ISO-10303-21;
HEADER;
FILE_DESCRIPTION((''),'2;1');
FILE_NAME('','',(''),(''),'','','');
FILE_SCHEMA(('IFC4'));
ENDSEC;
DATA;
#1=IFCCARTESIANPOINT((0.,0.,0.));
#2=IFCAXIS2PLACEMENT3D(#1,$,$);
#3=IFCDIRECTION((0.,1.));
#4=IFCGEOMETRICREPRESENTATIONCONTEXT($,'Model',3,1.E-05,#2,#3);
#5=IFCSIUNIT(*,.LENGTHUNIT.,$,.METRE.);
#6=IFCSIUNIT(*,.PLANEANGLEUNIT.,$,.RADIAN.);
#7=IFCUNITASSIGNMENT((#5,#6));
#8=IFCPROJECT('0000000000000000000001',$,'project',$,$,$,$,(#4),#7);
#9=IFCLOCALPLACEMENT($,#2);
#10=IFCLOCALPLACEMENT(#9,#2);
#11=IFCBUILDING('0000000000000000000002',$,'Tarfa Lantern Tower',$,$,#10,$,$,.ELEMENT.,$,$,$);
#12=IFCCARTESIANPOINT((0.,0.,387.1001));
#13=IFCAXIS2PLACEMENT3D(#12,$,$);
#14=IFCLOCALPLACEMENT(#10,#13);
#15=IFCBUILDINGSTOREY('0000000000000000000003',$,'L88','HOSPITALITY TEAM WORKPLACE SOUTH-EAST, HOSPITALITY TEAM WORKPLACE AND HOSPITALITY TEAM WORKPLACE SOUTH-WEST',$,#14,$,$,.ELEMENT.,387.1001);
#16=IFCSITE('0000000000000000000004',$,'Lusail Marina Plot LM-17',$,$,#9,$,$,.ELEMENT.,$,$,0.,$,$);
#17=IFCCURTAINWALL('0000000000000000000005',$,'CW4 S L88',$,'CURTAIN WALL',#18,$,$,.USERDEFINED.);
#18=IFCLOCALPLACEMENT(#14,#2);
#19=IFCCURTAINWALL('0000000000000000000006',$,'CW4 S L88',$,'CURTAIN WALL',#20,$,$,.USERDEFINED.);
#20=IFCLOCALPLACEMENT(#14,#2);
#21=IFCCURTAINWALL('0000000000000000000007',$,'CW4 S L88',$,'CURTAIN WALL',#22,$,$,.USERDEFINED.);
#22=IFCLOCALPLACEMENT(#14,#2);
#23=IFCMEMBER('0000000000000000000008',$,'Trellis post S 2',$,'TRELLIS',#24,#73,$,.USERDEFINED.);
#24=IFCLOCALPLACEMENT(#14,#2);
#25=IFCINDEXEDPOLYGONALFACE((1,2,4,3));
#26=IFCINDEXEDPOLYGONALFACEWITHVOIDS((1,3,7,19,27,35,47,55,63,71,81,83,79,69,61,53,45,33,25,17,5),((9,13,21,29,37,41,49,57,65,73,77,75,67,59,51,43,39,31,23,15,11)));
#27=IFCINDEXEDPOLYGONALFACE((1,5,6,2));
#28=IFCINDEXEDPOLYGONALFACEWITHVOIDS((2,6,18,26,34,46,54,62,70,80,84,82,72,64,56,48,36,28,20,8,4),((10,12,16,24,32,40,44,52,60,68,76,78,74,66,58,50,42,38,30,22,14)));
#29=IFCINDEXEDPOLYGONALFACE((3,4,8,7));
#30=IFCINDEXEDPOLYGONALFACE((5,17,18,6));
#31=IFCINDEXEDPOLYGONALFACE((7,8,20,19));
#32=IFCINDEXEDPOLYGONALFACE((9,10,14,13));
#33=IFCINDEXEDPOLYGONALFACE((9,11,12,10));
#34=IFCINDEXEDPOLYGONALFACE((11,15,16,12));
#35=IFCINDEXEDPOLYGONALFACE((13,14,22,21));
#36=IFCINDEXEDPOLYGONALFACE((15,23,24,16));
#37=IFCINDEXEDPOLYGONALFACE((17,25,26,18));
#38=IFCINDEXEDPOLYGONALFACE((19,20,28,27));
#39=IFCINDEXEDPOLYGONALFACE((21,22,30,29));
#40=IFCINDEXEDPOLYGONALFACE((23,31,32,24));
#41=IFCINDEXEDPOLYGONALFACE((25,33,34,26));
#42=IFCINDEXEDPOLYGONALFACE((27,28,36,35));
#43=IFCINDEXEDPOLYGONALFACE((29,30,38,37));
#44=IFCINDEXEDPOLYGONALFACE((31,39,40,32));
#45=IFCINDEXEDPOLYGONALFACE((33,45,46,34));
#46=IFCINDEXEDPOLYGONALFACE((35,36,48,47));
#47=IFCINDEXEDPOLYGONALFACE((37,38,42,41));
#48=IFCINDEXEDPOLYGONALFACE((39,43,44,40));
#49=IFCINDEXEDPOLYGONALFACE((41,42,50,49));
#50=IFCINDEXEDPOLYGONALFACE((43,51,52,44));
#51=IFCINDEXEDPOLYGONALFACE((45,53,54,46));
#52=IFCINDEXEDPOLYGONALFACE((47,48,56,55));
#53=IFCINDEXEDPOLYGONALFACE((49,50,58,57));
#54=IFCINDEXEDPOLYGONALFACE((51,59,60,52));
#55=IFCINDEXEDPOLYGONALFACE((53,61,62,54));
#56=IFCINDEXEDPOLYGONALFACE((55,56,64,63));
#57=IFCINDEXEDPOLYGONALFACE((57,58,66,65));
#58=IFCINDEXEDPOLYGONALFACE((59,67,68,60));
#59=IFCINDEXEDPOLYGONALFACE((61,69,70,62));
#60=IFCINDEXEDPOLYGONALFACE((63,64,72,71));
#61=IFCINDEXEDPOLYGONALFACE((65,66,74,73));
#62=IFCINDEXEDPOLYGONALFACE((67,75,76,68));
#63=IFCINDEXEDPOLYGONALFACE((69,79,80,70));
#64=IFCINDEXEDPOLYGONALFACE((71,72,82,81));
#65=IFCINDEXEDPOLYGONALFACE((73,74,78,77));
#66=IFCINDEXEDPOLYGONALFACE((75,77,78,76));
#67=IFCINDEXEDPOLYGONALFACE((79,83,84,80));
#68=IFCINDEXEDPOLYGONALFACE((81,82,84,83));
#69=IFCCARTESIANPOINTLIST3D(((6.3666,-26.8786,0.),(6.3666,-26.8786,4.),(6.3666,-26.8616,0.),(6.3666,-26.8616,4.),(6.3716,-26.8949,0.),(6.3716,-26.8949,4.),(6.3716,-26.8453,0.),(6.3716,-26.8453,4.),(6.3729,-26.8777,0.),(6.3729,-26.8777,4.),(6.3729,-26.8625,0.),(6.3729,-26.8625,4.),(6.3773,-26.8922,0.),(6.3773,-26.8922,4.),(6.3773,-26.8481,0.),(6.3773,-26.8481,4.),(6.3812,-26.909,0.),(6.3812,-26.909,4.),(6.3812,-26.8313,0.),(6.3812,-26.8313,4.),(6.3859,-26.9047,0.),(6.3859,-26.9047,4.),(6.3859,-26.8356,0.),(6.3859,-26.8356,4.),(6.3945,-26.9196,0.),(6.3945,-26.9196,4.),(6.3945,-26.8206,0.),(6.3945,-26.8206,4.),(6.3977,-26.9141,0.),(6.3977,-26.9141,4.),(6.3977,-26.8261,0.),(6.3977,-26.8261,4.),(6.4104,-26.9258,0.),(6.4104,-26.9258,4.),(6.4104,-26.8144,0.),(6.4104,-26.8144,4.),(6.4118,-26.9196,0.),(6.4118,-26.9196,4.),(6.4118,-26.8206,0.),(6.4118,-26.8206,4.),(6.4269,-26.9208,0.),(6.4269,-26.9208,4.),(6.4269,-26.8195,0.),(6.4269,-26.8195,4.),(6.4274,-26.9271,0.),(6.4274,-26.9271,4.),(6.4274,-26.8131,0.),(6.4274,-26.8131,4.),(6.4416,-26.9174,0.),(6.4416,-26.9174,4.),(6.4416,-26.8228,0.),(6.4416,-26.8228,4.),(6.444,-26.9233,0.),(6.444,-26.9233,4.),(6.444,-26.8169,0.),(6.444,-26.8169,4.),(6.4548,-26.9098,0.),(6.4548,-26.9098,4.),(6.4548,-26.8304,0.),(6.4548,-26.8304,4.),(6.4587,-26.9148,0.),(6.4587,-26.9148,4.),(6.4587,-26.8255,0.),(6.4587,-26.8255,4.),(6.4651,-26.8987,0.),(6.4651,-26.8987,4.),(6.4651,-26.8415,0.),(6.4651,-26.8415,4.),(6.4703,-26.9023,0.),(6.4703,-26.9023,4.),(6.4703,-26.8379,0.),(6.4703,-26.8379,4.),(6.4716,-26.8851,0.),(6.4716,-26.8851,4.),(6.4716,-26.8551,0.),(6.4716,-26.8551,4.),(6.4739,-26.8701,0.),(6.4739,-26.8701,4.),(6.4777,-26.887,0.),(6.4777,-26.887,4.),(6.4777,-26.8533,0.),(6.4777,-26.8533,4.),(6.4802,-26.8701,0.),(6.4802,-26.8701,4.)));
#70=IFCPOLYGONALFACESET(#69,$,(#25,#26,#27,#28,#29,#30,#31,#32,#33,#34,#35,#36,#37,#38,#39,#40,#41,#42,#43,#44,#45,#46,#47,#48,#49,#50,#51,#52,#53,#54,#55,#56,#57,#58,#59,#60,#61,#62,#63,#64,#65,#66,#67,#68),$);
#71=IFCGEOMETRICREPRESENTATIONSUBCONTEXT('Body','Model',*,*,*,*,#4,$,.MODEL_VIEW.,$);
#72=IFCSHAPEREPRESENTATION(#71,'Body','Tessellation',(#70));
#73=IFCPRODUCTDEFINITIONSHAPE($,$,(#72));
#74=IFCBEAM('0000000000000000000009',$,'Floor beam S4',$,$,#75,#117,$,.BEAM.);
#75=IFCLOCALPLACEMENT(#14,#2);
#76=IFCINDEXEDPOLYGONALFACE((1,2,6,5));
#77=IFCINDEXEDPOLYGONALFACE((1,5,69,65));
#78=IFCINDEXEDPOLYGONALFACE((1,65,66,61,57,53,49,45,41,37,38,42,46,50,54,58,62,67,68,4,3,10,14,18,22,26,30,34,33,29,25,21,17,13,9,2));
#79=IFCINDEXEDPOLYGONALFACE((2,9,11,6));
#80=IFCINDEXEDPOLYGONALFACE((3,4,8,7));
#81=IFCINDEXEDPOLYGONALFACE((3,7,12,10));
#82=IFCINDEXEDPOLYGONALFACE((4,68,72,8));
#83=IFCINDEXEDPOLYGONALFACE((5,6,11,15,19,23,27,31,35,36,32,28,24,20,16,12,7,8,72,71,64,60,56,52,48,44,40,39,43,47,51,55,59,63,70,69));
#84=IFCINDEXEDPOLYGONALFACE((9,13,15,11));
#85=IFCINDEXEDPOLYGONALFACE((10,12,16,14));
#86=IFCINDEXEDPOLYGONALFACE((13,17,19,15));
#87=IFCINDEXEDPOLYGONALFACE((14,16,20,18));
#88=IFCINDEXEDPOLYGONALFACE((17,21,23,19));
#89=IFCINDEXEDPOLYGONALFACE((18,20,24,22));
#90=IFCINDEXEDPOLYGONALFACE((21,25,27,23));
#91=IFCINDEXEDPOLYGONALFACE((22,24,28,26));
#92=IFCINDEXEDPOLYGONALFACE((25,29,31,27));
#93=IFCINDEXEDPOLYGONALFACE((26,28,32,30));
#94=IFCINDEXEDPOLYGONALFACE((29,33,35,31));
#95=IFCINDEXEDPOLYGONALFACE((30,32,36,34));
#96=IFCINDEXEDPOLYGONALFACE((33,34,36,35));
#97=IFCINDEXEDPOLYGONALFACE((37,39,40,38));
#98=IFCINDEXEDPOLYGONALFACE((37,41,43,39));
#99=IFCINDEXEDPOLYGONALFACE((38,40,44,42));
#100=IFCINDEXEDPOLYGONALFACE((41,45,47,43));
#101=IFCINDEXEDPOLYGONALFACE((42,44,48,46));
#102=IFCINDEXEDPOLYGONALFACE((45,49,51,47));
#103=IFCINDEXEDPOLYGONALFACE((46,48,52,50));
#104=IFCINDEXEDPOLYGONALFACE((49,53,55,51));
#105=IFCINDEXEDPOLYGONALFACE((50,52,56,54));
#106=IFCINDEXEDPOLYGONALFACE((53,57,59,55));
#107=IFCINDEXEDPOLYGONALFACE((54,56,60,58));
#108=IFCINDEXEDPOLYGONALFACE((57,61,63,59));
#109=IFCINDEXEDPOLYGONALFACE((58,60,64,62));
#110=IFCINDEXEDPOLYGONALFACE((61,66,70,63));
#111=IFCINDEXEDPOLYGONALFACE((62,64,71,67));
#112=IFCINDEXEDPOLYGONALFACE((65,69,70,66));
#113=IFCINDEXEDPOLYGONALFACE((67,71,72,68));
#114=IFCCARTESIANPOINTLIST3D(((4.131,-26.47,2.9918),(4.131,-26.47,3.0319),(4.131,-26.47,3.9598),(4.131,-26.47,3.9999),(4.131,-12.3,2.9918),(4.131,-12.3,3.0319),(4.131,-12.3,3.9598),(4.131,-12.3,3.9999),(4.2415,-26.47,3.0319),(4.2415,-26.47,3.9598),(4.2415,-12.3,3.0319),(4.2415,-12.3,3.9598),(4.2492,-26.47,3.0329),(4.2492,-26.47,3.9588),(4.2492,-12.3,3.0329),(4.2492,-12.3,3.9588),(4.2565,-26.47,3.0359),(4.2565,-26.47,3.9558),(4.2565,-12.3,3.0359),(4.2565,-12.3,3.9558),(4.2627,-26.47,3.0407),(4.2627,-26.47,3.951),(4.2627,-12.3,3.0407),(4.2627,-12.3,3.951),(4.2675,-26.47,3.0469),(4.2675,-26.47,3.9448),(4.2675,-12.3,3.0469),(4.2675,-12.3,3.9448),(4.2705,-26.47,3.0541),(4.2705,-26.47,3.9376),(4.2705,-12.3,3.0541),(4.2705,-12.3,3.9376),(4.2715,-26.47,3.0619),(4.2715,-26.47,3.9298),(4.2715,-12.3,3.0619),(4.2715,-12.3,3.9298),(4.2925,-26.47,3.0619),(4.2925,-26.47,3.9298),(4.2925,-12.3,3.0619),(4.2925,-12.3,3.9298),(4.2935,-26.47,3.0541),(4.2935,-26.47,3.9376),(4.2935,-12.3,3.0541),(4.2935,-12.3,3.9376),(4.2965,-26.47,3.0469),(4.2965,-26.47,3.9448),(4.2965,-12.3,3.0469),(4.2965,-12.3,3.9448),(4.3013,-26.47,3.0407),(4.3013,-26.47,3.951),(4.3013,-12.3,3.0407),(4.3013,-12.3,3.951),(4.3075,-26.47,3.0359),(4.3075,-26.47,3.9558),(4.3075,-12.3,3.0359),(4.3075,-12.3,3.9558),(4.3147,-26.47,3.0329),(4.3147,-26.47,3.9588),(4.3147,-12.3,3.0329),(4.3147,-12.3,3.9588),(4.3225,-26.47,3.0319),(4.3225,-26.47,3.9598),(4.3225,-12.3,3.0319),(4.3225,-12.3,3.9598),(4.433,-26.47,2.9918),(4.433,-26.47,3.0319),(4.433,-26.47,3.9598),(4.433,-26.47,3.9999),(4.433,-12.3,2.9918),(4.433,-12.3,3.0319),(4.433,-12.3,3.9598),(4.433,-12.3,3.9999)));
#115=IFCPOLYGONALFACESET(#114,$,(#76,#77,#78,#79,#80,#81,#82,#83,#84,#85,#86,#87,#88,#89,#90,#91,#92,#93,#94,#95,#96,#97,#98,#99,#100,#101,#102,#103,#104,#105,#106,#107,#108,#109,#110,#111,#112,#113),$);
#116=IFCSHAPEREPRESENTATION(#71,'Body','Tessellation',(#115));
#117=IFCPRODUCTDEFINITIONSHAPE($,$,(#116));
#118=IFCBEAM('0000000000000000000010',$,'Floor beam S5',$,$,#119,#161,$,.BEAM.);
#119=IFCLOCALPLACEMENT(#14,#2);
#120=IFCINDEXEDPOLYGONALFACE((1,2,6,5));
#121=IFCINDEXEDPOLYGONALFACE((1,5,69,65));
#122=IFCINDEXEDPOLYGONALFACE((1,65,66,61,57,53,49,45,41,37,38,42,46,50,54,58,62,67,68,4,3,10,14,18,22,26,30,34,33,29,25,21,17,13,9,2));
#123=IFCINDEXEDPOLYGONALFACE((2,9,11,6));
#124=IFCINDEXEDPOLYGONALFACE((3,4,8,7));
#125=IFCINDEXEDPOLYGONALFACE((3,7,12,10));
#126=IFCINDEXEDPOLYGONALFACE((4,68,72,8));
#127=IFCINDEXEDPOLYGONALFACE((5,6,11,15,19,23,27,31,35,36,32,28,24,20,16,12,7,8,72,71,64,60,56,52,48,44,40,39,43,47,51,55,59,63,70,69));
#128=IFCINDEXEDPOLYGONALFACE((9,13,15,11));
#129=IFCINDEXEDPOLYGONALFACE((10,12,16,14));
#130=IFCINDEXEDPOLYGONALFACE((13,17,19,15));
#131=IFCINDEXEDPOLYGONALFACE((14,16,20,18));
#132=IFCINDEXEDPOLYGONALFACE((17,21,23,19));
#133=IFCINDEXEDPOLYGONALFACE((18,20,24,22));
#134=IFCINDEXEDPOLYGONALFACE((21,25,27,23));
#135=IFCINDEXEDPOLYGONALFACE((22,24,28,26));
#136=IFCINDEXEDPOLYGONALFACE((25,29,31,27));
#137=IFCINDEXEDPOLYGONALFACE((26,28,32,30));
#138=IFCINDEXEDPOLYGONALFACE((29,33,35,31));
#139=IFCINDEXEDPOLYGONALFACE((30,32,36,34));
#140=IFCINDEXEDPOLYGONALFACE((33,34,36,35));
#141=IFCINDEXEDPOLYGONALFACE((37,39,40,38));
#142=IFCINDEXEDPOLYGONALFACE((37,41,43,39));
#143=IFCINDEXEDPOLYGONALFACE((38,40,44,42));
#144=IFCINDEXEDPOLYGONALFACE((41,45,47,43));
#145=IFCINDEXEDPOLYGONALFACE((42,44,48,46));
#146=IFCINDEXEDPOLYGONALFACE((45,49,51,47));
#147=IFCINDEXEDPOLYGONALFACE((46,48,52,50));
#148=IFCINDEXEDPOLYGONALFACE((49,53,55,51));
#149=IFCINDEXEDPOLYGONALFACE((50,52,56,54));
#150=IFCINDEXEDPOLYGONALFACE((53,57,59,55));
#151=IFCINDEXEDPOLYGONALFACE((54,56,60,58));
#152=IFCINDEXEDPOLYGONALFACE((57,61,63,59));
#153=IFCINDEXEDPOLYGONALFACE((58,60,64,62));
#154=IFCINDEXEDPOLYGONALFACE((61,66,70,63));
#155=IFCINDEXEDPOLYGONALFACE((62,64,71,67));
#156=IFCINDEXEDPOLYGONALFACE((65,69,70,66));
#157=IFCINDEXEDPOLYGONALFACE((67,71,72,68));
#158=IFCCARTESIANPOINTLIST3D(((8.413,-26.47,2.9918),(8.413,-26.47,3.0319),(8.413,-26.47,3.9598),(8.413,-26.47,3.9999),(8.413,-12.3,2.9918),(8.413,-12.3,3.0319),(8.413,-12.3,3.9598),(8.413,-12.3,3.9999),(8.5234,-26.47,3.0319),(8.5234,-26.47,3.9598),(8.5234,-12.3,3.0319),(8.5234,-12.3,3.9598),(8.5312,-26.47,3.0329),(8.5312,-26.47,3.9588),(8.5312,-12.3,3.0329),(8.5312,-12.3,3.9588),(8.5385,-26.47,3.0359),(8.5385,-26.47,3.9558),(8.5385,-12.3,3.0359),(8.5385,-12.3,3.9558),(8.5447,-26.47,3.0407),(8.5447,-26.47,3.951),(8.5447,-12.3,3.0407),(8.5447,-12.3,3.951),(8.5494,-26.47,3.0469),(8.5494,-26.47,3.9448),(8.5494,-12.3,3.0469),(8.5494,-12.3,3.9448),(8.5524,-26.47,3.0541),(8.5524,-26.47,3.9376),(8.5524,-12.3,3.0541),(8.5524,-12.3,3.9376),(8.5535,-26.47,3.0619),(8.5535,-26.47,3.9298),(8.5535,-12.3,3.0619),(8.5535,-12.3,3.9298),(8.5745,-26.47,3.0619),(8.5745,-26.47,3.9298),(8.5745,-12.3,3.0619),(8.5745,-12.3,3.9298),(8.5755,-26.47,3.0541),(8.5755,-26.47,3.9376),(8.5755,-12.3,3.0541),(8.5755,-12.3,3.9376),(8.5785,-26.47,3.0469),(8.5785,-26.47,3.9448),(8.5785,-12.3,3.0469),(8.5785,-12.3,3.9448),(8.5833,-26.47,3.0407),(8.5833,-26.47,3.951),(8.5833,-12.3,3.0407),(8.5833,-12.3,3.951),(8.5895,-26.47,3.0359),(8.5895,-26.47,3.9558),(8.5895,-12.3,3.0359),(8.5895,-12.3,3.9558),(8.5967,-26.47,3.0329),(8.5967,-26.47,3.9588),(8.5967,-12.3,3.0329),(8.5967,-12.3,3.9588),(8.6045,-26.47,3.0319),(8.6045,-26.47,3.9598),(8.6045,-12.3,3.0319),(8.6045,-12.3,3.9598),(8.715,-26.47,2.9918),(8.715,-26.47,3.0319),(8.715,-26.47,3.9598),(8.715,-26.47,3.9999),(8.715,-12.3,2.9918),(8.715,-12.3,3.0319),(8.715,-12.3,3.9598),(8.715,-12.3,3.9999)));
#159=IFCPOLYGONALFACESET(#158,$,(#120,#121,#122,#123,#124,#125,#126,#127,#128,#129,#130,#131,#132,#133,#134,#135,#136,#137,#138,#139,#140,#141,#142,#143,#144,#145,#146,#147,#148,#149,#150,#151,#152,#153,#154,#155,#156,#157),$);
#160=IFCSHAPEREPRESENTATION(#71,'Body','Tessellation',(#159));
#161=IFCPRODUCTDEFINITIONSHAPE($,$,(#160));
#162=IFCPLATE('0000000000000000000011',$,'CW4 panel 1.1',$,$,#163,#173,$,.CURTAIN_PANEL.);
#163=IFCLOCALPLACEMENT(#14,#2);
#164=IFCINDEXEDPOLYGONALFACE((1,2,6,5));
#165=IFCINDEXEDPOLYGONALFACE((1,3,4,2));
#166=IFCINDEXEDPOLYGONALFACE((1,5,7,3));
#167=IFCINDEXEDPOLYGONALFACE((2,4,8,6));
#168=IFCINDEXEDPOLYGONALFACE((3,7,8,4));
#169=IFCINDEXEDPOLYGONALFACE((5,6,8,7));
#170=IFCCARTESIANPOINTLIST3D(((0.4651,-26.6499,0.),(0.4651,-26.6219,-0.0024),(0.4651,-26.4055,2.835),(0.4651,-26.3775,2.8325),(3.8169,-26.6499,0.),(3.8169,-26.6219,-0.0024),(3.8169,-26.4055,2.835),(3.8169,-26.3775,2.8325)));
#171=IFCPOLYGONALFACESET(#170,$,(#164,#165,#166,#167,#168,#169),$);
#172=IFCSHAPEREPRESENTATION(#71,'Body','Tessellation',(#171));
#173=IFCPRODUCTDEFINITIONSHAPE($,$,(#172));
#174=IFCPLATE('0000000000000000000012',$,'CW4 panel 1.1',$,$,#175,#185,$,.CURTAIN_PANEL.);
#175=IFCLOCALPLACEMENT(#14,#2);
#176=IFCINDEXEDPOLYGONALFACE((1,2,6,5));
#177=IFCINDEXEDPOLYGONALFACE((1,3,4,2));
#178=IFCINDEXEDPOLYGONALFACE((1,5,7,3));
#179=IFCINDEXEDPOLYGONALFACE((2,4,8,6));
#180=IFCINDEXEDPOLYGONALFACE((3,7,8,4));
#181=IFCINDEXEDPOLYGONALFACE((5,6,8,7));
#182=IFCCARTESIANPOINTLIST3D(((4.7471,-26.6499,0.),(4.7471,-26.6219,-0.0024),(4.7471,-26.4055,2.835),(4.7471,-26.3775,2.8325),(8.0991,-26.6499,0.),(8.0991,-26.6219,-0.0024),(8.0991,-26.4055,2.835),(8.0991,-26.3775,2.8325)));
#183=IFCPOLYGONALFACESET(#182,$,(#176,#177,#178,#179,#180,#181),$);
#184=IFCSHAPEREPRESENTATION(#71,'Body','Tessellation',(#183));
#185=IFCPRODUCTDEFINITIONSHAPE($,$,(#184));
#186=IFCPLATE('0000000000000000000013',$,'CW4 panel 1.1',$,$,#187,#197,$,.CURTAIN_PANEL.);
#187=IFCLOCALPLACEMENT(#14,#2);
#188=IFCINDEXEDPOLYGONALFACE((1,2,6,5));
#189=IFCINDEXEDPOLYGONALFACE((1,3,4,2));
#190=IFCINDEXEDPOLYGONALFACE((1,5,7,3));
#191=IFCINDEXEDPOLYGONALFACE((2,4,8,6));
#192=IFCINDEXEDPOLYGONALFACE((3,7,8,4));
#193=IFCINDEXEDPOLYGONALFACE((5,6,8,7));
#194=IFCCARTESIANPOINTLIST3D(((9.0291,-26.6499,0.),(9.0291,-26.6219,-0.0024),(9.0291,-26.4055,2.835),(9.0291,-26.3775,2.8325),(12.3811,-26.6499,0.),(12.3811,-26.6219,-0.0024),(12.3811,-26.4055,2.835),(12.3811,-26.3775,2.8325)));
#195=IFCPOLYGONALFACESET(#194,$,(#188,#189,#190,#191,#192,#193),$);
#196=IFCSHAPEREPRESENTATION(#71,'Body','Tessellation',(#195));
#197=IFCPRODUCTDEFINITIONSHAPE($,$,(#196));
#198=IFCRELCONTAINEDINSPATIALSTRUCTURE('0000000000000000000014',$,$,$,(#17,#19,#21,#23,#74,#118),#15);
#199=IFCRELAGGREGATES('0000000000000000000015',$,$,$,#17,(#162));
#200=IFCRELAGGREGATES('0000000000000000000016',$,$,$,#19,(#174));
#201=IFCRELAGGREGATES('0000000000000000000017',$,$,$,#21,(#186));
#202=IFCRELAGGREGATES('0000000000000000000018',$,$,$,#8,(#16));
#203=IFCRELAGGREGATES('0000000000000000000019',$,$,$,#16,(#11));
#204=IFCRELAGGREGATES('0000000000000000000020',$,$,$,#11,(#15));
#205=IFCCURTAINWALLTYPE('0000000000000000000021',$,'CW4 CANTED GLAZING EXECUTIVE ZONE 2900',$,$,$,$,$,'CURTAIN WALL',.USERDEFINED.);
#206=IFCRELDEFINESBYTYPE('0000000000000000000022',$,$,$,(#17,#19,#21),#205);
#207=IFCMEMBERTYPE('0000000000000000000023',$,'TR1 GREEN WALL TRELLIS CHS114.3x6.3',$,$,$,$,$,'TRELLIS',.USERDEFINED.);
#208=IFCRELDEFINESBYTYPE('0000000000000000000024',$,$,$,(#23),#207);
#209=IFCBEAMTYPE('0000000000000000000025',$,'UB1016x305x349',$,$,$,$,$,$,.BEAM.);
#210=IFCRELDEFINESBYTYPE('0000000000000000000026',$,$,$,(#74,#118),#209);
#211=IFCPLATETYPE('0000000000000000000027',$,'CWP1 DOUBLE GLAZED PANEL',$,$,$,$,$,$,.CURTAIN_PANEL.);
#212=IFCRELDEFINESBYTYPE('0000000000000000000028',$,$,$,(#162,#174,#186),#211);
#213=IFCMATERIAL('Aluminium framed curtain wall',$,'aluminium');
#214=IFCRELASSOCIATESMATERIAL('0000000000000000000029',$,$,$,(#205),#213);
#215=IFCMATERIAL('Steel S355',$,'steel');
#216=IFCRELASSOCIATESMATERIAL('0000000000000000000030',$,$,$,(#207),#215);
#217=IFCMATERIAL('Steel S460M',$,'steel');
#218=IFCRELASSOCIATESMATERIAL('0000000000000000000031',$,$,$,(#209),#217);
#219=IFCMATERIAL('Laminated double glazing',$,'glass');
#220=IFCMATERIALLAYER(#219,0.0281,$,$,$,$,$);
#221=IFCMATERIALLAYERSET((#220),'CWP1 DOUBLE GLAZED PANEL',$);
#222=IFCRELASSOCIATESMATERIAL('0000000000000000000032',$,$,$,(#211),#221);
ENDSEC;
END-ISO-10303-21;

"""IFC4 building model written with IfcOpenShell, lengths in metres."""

from ifc_helpers import new_model, si_unit, direction, frame, origin, origin_2d, place, context, subcontext, project, spatial, polyline, hollow_circle, i_section, outline, extrude, material, layer, layer_set, material_profile, profile_set, type_object, element, aggregate, save


model = new_model("IFC4")

# Units and contexts
model_context = context("Model", 3, precision=1e-05, world=origin(), true_north=direction((0.0, 1.0)))
body_context = subcontext(model_context, "Body", "Model", "MODEL_VIEW")
ifc_project = project(units=[si_unit("LENGTHUNIT", "METRE"), si_unit("PLANEANGLEUNIT", "RADIAN")], contexts=[model_context])

# Site, building, storey
site_placement = place(None, origin())
site = spatial("IfcSite", under=ifc_project, at=site_placement, Name="Lusail Marina Plot LM-17", CompositionType="ELEMENT", RefElevation=0.0)
building_placement = place(site_placement, origin())
building = spatial("IfcBuilding", under=site, at=building_placement, Name="Tarfa Lantern Tower", CompositionType="ELEMENT")
storey_placement = place(building_placement, frame((0.0, 0.0, 387.1001)))
storey = spatial("IfcBuildingStorey", under=building, at=storey_placement, Name="L88", Description="HOSPITALITY TEAM WORKPLACE SOUTH-EAST, HOSPITALITY TEAM WORKPLACE AND HOSPITALITY TEAM WORKPLACE SOUTH-WEST", CompositionType="ELEMENT", Elevation=387.1001)

# Curtain walls
ifc_material_1 = material(Name="Aluminium framed curtain wall", Category="aluminium")
curtain_wall_type = type_object("IfcCurtainWallType", Name="CW4 CANTED GLAZING EXECUTIVE ZONE 2900", ElementType="CURTAIN WALL", PredefinedType="USERDEFINED", material=ifc_material_1)
curtain_wall_1_placement = place(storey_placement, origin())
curtain_wall_1 = element("IfcCurtainWall", 1, at=curtain_wall_1_placement, inside=storey, type_object=curtain_wall_type, Name="CW4 S L88", ObjectType="CURTAIN WALL", PredefinedType="USERDEFINED")
curtain_wall_2_placement = place(storey_placement, origin())
curtain_wall_2 = element("IfcCurtainWall", 2, at=curtain_wall_2_placement, inside=storey, type_object=curtain_wall_type, Name="CW4 S L88", ObjectType="CURTAIN WALL", PredefinedType="USERDEFINED")

# Curtain wall
curtain_wall_3_placement = place(storey_placement, origin())
curtain_wall_3 = element("IfcCurtainWall", 3, at=curtain_wall_3_placement, inside=storey, type_object=curtain_wall_type, Name="CW4 S L88", ObjectType="CURTAIN WALL", PredefinedType="USERDEFINED")

# Member
ifc_material_2 = material(Name="Steel S355", Category="steel")
ifc_material_profile_1 = material_profile(ifc_material_2, hollow_circle(Radius=0.0571, WallThickness=0.0063, at=origin_2d()), Name="CHS114.3x6.3")
ifc_profile_set_1 = profile_set([ifc_material_profile_1], Name="Steel S355")
member_type_1 = type_object("IfcMemberType", Name="TR1 GREEN WALL TRELLIS CHS114.3x6.3", ElementType="TRELLIS", PredefinedType="USERDEFINED", material=ifc_profile_set_1)
member_1_placement = place(storey_placement, frame((6.4231, -26.8701, 0.0), z_axis=(0.0, 0.0, 1.0), x_axis=(1.0, 0.0, 0.0)))
element("IfcMember", 4, at=member_1_placement, inside=storey, type_object=member_type_1, Name="Trellis post S 2", ObjectType="TRELLIS", PredefinedType="USERDEFINED", context=body_context, shape_type="SweptSolid", body=[
    extrude(hollow_circle(Radius=0.0571, WallThickness=0.0063, at=origin_2d()), origin(), (0.0, 0.0, 1.0), 4.0),
])

# Beams
ifc_material_3 = material(Name="Steel S460M", Category="steel")
ifc_material_profile_2 = material_profile(ifc_material_3, i_section(OverallWidth=0.302, OverallDepth=1.0081, WebThickness=0.021, FlangeThickness=0.04, FilletRadius=0.03, at=origin_2d()), Name="UB1016x305x349")
ifc_profile_set_2 = profile_set([ifc_material_profile_2], Name="Steel S460M")
beam_type_1 = type_object("IfcBeamType", Name="UB1016x305x349", PredefinedType="BEAM", material=ifc_profile_set_2)
for number, where, z_axis, x_axis, name in (
    (5, (4.282, -26.47, 3.4958), (0.0, 1.0, 0.0), (-1.0, 0.0, 0.0), "Floor beam S4"),
    (6, (8.564, -26.47, 3.4958), (0.0, 1.0, 0.0), (-1.0, 0.0, 0.0), "Floor beam S5"),
):
    element("IfcBeam", number, at=place(storey_placement, frame(where, z_axis=z_axis, x_axis=x_axis)), inside=storey, type_object=beam_type_1, Name=name, PredefinedType="BEAM", context=body_context, shape_type="SweptSolid", body=[
        extrude(i_section(OverallWidth=0.302, OverallDepth=1.0081, WebThickness=0.021, FlangeThickness=0.04, FilletRadius=0.03, at=origin_2d()), origin(), (0.0, 0.0, 1.0), 14.1699),
    ])

# Plates
ifc_material_4 = material(Name="Laminated double glazing", Category="glass")
ifc_layer = layer(ifc_material_4, 0.0281)
ifc_layer_set = layer_set([ifc_layer], Name="CWP1 DOUBLE GLAZED PANEL")
plate_type = type_object("IfcPlateType", Name="CWP1 DOUBLE GLAZED PANEL", PredefinedType="CURTAIN_PANEL", material=ifc_layer_set)
plate_1_placement = place(storey_placement, frame((0.4651, -26.6499, 0.0), z_axis=(0.0, -0.996305, 0.085885), x_axis=(1.0, 0.0, 0.0)))
plate_1 = element("IfcPlate", 7, at=plate_1_placement, type_object=plate_type, Name="CW4 panel 1.1", PredefinedType="CURTAIN_PANEL", context=body_context, shape_type="SweptSolid", body=[
    extrude(outline(polyline([(0.0, 0.0), (3.3518, 0.0), (3.3518, 2.8455), (0.0, 2.8455), (0.0, 0.0)])), origin(), (0.0, 0.0, -1.0), 0.0281),
])
aggregate(curtain_wall_1, [plate_1])
plate_2_placement = place(storey_placement, frame((4.7471, -26.6499, 0.0), z_axis=(0.0, -0.996305, 0.085885), x_axis=(1.0, 0.0, 0.0)))
plate_2 = element("IfcPlate", 8, at=plate_2_placement, type_object=plate_type, Name="CW4 panel 1.1", PredefinedType="CURTAIN_PANEL", context=body_context, shape_type="SweptSolid", body=[
    extrude(outline(polyline([(0.0, 0.0), (3.3521, 0.0), (3.3521, 2.8455), (0.0, 2.8455), (0.0, 0.0)])), origin(), (0.0, 0.0, -1.0), 0.0281),
])
aggregate(curtain_wall_2, [plate_2])
plate_3_placement = place(storey_placement, frame((9.0291, -26.6499, 0.0), z_axis=(0.0, -0.996305, 0.085885), x_axis=(1.0, 0.0, 0.0)))
plate_3 = element("IfcPlate", 9, at=plate_3_placement, type_object=plate_type, Name="CW4 panel 1.1", PredefinedType="CURTAIN_PANEL", context=body_context, shape_type="SweptSolid", body=[
    extrude(outline(polyline([(0.0, 0.0), (3.3521, 0.0), (3.3521, 2.8455), (0.0, 2.8455), (0.0, 0.0)])), origin(), (0.0, 0.0, -1.0), 0.0281),
])
aggregate(curtain_wall_3, [plate_3])

save(model, "model.ifc")
